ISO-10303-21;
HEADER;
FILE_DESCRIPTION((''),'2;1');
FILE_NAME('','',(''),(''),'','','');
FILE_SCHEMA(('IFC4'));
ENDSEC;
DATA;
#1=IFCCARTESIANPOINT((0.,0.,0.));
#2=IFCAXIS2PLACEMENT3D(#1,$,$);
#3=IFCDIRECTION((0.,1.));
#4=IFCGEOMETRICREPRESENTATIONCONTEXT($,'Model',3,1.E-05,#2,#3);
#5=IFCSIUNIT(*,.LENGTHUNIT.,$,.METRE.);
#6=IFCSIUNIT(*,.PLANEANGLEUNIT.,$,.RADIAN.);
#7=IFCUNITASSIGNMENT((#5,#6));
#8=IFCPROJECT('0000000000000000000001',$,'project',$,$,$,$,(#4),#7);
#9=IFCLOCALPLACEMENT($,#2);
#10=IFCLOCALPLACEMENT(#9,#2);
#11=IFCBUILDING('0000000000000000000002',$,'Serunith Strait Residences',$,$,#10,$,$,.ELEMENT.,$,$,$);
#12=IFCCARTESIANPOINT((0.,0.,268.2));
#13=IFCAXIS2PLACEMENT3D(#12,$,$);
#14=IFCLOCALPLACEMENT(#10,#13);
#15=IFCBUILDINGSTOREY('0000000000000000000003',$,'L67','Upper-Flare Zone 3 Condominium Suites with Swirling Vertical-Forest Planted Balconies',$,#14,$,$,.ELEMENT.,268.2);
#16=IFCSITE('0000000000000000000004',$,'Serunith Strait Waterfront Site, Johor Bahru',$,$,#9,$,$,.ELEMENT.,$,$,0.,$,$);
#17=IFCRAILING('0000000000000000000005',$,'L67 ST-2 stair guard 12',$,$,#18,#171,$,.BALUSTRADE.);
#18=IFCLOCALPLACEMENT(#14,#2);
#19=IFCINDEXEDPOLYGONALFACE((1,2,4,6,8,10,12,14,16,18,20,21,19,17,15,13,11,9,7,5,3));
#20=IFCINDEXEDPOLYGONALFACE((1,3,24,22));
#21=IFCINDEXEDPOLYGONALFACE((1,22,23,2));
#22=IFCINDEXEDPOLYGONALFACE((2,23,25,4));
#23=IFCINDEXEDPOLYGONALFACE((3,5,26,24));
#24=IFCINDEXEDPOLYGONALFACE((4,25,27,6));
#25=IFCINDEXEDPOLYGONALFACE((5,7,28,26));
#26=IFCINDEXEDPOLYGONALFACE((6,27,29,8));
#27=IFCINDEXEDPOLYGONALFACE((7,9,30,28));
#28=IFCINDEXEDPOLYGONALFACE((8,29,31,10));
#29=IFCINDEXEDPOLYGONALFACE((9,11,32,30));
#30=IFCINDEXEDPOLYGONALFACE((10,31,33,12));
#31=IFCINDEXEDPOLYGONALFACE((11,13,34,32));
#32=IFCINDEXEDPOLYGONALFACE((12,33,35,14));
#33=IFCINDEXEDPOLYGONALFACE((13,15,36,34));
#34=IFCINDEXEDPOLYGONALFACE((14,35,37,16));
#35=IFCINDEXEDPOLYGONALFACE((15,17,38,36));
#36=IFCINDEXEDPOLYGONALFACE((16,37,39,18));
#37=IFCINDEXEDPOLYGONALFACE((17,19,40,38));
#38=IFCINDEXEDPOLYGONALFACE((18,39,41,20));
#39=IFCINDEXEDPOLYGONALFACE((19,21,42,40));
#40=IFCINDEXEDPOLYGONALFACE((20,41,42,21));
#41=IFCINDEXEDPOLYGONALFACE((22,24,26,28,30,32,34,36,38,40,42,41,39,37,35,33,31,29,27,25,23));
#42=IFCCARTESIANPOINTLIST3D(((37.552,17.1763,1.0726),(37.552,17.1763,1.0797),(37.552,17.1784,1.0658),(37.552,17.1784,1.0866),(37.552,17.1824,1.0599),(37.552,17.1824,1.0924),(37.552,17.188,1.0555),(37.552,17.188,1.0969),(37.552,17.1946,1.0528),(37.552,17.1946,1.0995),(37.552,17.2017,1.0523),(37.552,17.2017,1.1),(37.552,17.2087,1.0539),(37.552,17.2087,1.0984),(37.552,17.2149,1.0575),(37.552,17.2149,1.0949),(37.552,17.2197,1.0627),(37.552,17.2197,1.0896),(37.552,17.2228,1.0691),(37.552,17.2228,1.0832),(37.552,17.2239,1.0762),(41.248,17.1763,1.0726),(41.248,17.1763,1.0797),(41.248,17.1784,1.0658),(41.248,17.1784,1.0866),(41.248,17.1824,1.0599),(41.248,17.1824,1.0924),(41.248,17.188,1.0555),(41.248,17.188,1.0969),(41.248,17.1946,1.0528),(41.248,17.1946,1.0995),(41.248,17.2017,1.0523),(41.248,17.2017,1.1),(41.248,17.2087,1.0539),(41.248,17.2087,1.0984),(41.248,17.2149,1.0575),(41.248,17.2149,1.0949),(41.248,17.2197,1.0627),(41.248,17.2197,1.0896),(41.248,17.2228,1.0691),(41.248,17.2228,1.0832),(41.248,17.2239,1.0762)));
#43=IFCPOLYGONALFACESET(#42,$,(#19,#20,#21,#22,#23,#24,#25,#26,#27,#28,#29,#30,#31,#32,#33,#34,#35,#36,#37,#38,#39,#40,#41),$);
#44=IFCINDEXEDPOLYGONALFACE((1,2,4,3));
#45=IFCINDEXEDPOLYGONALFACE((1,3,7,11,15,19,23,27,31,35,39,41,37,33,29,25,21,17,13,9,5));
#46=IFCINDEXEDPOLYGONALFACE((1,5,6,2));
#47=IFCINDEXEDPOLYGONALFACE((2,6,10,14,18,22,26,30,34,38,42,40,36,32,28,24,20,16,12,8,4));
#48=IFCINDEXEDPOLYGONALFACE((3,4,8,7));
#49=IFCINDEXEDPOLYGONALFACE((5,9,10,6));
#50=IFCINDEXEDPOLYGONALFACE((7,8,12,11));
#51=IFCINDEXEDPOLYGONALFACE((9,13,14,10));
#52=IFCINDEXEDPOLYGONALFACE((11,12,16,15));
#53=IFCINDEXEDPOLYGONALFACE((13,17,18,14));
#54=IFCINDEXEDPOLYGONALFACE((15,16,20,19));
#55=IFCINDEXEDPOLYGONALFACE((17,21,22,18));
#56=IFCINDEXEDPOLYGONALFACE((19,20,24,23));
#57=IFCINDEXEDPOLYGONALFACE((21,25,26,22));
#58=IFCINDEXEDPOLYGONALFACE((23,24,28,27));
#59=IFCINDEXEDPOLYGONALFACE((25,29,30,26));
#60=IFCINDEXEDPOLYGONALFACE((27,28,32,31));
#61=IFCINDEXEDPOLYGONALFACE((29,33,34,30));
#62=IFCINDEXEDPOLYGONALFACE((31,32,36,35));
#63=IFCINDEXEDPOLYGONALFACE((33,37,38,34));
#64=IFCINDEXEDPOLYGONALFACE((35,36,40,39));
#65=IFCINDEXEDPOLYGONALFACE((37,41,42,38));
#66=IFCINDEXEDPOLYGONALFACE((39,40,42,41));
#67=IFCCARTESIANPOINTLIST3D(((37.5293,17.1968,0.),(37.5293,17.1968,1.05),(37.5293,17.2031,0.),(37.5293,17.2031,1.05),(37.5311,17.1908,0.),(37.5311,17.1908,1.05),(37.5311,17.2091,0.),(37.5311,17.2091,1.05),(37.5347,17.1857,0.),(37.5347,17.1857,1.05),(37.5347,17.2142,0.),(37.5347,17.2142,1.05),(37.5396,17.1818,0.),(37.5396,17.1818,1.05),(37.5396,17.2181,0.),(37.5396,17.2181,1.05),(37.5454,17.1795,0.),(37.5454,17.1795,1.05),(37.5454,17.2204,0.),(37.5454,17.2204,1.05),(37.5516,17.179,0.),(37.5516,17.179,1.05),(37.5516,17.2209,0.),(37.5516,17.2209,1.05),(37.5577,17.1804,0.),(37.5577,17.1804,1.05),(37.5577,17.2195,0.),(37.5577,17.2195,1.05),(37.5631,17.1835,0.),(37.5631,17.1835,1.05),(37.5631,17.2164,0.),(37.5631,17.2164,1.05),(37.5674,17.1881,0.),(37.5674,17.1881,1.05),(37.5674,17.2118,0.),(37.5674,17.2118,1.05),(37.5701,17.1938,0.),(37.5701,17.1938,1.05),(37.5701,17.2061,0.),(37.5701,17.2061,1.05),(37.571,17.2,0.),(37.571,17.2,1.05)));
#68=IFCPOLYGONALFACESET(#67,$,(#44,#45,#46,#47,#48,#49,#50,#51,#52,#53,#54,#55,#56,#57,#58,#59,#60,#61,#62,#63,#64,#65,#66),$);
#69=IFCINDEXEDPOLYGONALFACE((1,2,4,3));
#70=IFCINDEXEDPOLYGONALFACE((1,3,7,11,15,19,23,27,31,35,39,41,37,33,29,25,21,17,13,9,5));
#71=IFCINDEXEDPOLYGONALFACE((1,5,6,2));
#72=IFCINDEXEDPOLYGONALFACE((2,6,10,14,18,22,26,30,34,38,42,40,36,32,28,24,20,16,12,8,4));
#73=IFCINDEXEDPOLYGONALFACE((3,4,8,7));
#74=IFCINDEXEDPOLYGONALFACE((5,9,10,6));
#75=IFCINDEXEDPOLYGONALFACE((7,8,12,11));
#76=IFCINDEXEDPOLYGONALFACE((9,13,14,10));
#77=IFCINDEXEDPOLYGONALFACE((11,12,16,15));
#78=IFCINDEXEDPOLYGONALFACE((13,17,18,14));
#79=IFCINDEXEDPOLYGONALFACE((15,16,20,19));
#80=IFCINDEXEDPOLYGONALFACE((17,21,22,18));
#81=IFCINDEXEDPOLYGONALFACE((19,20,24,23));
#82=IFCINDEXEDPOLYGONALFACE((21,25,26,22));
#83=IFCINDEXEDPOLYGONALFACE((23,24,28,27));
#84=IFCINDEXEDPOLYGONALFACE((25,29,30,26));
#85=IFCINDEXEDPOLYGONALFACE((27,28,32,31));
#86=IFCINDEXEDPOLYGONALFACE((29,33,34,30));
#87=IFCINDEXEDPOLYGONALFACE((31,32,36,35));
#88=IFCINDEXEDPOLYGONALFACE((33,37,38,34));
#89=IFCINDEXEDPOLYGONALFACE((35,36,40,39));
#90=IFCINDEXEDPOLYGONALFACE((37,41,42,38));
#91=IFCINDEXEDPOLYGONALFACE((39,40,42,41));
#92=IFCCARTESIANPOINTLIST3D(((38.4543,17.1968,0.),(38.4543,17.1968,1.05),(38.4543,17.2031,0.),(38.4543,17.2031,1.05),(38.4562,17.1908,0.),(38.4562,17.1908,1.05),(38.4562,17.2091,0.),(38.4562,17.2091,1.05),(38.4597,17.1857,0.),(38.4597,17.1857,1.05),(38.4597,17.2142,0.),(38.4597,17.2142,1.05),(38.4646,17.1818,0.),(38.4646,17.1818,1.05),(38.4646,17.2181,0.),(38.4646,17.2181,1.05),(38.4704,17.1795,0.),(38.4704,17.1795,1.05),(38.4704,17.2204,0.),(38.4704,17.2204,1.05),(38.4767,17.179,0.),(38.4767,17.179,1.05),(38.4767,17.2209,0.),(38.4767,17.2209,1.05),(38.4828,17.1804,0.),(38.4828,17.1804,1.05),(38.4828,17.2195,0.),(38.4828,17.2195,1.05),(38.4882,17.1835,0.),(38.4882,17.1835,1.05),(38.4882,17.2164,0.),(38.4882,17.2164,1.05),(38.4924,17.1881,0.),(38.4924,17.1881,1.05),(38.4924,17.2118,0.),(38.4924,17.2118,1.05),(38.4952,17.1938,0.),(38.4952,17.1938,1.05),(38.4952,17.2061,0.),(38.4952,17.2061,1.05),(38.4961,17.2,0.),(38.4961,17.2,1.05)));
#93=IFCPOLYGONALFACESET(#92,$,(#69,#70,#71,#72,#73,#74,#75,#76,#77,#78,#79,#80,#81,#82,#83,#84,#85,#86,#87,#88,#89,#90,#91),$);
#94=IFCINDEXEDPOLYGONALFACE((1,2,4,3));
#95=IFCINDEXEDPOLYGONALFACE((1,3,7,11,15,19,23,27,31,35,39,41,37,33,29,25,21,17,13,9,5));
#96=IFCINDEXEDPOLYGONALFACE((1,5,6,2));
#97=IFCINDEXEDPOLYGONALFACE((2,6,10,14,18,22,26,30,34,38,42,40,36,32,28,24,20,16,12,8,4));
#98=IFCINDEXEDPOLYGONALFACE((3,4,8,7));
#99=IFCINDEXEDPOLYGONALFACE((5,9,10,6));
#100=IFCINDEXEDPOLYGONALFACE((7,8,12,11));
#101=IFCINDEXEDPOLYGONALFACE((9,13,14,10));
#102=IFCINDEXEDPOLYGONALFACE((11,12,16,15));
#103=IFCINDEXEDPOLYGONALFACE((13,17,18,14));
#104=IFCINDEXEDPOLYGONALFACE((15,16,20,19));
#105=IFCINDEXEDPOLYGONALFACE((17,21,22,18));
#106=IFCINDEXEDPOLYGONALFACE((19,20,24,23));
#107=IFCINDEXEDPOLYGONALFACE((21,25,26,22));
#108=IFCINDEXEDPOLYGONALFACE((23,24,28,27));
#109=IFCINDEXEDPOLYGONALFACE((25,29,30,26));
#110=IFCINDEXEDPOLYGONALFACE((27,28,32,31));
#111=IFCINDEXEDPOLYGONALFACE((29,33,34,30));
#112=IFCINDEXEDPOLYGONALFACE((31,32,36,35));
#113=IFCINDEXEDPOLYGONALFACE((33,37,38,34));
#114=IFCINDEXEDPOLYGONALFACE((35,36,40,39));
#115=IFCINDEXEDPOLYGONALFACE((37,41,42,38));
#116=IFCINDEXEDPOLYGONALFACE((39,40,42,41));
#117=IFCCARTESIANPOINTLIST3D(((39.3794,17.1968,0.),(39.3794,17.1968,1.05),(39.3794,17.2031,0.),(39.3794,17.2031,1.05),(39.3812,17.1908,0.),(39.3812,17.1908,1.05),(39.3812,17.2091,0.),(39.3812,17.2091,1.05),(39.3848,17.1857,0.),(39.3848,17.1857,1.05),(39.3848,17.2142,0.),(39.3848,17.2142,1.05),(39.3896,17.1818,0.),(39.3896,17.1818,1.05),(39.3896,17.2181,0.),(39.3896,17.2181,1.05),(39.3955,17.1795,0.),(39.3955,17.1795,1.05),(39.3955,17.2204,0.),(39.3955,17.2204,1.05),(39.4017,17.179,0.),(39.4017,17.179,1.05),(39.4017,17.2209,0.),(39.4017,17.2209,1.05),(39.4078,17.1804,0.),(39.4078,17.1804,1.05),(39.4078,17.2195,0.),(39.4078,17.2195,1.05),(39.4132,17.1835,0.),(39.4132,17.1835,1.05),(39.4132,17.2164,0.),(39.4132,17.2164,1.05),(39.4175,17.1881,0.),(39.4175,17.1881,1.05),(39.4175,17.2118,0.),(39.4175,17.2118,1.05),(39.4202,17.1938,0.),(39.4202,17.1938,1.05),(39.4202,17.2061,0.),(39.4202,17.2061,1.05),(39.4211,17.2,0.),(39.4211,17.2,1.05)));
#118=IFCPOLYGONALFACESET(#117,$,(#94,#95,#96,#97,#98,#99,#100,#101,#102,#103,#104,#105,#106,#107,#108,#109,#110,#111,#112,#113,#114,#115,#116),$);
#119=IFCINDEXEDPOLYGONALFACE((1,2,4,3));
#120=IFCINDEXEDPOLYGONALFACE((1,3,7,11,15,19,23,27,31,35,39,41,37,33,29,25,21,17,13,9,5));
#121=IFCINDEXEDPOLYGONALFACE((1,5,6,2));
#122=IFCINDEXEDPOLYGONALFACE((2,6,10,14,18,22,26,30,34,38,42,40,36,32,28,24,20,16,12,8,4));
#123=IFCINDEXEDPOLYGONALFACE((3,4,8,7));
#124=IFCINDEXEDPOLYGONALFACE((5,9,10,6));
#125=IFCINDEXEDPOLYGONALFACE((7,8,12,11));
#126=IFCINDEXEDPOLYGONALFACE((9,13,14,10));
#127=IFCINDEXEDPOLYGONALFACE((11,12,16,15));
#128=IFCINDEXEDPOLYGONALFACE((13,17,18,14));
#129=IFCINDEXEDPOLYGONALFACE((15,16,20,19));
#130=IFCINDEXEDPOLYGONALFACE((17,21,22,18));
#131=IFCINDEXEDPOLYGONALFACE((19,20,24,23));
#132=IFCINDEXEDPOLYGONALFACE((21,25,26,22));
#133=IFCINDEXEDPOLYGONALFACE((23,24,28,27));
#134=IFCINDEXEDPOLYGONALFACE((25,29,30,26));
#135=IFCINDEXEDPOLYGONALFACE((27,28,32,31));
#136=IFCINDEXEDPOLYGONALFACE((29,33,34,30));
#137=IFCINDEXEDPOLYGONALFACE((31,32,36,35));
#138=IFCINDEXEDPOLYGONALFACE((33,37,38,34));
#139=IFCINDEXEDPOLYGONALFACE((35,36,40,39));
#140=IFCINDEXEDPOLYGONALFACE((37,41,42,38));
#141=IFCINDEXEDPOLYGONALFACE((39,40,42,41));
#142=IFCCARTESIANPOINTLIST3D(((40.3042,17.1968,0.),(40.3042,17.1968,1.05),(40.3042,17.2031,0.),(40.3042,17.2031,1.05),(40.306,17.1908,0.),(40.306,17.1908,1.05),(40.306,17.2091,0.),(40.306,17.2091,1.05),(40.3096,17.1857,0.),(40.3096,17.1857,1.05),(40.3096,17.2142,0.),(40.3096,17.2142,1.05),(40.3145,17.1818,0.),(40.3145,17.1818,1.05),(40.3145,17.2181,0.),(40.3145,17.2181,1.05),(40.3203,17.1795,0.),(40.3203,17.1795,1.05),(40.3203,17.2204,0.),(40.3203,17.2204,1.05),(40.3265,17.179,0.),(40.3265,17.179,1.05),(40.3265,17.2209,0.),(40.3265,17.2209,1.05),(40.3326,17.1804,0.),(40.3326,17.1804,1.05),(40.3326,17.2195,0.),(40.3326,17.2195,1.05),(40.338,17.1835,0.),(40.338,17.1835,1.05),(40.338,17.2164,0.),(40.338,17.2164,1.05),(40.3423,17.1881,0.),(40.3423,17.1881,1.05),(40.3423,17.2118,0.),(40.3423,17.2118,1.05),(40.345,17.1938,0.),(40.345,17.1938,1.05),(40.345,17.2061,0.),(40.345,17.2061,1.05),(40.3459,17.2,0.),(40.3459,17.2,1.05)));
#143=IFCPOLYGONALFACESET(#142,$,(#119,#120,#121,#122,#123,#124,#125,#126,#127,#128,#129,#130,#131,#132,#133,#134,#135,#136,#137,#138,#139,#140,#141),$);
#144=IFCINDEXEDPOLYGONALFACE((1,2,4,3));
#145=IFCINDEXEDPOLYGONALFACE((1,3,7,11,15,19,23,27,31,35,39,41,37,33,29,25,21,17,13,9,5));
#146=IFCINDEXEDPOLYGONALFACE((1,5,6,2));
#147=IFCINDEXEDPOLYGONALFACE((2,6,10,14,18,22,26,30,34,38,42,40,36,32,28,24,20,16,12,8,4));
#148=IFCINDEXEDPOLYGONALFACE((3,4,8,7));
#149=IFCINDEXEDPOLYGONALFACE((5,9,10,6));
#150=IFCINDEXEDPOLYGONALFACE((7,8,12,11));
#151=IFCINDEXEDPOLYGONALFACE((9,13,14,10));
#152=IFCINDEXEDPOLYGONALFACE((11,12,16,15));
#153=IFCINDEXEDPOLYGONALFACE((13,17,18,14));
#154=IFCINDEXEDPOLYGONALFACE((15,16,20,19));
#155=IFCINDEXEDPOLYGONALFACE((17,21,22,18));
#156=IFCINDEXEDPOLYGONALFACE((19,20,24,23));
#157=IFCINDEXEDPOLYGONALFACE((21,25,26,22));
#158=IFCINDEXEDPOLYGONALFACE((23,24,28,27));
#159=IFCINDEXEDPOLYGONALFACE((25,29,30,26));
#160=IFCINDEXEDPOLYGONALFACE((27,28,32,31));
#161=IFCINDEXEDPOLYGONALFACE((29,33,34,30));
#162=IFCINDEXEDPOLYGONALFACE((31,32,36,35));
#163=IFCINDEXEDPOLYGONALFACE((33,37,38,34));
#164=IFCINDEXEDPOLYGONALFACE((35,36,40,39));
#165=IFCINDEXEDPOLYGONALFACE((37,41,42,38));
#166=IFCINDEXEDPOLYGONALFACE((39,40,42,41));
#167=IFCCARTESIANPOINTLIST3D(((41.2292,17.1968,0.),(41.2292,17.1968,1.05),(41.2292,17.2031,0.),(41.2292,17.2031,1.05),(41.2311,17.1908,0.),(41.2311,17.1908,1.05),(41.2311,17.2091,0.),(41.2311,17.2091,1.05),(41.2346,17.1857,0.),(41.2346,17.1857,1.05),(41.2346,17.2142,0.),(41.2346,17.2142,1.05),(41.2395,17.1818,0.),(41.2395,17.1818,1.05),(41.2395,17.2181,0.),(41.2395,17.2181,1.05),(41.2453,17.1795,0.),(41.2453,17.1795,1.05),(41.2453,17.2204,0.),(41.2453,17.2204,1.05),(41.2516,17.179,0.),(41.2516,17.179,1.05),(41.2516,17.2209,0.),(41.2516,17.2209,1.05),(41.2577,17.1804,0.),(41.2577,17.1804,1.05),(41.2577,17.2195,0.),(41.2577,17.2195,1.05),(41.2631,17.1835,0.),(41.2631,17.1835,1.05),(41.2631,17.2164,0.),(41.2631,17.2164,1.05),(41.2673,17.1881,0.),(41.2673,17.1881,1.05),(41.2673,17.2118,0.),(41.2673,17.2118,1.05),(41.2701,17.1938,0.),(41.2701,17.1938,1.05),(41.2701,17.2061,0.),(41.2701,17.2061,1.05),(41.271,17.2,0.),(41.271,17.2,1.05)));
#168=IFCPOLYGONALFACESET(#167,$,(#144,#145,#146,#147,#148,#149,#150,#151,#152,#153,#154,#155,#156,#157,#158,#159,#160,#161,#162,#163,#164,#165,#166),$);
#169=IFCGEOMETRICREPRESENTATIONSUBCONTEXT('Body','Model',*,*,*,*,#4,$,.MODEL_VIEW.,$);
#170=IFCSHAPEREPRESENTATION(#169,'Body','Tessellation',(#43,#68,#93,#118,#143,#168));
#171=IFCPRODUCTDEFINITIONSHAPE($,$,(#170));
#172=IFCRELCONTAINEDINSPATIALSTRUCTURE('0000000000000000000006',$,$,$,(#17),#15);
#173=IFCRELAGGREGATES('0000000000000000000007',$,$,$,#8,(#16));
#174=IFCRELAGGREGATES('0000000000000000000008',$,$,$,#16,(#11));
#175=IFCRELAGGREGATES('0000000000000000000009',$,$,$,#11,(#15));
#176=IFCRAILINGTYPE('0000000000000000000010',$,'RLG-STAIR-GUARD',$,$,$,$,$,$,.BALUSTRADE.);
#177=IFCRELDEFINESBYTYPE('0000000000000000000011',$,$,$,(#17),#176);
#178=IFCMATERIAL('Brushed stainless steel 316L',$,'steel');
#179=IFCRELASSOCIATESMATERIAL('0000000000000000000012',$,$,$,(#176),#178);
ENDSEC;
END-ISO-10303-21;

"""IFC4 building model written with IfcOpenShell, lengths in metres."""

from ifc_helpers import new_model, si_unit, direction, frame, origin, origin_2d, place, context, subcontext, project, spatial, circle, extrude, material, type_object, element, save


model = new_model("IFC4")

# Units and contexts
model_context = context("Model", 3, precision=1e-05, world=origin(), true_north=direction((0.0, 1.0)))
body_context = subcontext(model_context, "Body", "Model", "MODEL_VIEW")
ifc_project = project(units=[si_unit("LENGTHUNIT", "METRE"), si_unit("PLANEANGLEUNIT", "RADIAN")], contexts=[model_context])

# Site, building, storey
site_placement = place(None, origin())
site = spatial("IfcSite", under=ifc_project, at=site_placement, Name="Serunith Strait Waterfront Site, Johor Bahru", CompositionType="ELEMENT", RefElevation=0.0)
building_placement = place(site_placement, origin())
building = spatial("IfcBuilding", under=site, at=building_placement, Name="Serunith Strait Residences", CompositionType="ELEMENT")
storey_placement = place(building_placement, frame((0.0, 0.0, 268.2)))
storey = spatial("IfcBuildingStorey", under=building, at=storey_placement, Name="L67", Description="Upper-Flare Zone 3 Condominium Suites with Swirling Vertical-Forest Planted Balconies", CompositionType="ELEMENT", Elevation=268.2)

# Railing
ifc_material_1 = material(Name="Brushed stainless steel 316L", Category="steel")
railing_type_1 = type_object("IfcRailingType", Name="RLG-STAIR-GUARD", PredefinedType="BALUSTRADE", material=ifc_material_1)
railing_1_placement = place(storey_placement, frame((37.55, 17.2, 0.0)))
element("IfcRailing", 1, at=railing_1_placement, inside=storey, type_object=railing_type_1, Name="L67 ST-2 stair guard 12", PredefinedType="BALUSTRADE", context=body_context, shape_type="SweptSolid", body=[
    extrude(circle(Radius=0.0239, at=origin_2d()), frame((0.002, 0.0, 1.0762), z_axis=(1.0, 0.0, 0.0), x_axis=(0.0, 1.0, 0.0)), (0.0, 0.0, 1.0), 3.696),
    extrude(circle(Radius=0.021, at=origin_2d()), origin(), (0.0, 0.0, 1.0), 1.05),
    extrude(circle(Radius=0.021, at=origin_2d()), frame((0.925, 0.0, 0.0)), (0.0, 0.0, 1.0), 1.05),
    extrude(circle(Radius=0.021, at=origin_2d()), frame((1.8501, 0.0, 0.0)), (0.0, 0.0, 1.0), 1.05),
    extrude(circle(Radius=0.021, at=origin_2d()), frame((2.7749, 0.0, 0.0)), (0.0, 0.0, 1.0), 1.05),
    extrude(circle(Radius=0.021, at=origin_2d()), frame((3.7, 0.0, 0.0)), (0.0, 0.0, 1.0), 1.05),
])

save(model, "model.ifc")
